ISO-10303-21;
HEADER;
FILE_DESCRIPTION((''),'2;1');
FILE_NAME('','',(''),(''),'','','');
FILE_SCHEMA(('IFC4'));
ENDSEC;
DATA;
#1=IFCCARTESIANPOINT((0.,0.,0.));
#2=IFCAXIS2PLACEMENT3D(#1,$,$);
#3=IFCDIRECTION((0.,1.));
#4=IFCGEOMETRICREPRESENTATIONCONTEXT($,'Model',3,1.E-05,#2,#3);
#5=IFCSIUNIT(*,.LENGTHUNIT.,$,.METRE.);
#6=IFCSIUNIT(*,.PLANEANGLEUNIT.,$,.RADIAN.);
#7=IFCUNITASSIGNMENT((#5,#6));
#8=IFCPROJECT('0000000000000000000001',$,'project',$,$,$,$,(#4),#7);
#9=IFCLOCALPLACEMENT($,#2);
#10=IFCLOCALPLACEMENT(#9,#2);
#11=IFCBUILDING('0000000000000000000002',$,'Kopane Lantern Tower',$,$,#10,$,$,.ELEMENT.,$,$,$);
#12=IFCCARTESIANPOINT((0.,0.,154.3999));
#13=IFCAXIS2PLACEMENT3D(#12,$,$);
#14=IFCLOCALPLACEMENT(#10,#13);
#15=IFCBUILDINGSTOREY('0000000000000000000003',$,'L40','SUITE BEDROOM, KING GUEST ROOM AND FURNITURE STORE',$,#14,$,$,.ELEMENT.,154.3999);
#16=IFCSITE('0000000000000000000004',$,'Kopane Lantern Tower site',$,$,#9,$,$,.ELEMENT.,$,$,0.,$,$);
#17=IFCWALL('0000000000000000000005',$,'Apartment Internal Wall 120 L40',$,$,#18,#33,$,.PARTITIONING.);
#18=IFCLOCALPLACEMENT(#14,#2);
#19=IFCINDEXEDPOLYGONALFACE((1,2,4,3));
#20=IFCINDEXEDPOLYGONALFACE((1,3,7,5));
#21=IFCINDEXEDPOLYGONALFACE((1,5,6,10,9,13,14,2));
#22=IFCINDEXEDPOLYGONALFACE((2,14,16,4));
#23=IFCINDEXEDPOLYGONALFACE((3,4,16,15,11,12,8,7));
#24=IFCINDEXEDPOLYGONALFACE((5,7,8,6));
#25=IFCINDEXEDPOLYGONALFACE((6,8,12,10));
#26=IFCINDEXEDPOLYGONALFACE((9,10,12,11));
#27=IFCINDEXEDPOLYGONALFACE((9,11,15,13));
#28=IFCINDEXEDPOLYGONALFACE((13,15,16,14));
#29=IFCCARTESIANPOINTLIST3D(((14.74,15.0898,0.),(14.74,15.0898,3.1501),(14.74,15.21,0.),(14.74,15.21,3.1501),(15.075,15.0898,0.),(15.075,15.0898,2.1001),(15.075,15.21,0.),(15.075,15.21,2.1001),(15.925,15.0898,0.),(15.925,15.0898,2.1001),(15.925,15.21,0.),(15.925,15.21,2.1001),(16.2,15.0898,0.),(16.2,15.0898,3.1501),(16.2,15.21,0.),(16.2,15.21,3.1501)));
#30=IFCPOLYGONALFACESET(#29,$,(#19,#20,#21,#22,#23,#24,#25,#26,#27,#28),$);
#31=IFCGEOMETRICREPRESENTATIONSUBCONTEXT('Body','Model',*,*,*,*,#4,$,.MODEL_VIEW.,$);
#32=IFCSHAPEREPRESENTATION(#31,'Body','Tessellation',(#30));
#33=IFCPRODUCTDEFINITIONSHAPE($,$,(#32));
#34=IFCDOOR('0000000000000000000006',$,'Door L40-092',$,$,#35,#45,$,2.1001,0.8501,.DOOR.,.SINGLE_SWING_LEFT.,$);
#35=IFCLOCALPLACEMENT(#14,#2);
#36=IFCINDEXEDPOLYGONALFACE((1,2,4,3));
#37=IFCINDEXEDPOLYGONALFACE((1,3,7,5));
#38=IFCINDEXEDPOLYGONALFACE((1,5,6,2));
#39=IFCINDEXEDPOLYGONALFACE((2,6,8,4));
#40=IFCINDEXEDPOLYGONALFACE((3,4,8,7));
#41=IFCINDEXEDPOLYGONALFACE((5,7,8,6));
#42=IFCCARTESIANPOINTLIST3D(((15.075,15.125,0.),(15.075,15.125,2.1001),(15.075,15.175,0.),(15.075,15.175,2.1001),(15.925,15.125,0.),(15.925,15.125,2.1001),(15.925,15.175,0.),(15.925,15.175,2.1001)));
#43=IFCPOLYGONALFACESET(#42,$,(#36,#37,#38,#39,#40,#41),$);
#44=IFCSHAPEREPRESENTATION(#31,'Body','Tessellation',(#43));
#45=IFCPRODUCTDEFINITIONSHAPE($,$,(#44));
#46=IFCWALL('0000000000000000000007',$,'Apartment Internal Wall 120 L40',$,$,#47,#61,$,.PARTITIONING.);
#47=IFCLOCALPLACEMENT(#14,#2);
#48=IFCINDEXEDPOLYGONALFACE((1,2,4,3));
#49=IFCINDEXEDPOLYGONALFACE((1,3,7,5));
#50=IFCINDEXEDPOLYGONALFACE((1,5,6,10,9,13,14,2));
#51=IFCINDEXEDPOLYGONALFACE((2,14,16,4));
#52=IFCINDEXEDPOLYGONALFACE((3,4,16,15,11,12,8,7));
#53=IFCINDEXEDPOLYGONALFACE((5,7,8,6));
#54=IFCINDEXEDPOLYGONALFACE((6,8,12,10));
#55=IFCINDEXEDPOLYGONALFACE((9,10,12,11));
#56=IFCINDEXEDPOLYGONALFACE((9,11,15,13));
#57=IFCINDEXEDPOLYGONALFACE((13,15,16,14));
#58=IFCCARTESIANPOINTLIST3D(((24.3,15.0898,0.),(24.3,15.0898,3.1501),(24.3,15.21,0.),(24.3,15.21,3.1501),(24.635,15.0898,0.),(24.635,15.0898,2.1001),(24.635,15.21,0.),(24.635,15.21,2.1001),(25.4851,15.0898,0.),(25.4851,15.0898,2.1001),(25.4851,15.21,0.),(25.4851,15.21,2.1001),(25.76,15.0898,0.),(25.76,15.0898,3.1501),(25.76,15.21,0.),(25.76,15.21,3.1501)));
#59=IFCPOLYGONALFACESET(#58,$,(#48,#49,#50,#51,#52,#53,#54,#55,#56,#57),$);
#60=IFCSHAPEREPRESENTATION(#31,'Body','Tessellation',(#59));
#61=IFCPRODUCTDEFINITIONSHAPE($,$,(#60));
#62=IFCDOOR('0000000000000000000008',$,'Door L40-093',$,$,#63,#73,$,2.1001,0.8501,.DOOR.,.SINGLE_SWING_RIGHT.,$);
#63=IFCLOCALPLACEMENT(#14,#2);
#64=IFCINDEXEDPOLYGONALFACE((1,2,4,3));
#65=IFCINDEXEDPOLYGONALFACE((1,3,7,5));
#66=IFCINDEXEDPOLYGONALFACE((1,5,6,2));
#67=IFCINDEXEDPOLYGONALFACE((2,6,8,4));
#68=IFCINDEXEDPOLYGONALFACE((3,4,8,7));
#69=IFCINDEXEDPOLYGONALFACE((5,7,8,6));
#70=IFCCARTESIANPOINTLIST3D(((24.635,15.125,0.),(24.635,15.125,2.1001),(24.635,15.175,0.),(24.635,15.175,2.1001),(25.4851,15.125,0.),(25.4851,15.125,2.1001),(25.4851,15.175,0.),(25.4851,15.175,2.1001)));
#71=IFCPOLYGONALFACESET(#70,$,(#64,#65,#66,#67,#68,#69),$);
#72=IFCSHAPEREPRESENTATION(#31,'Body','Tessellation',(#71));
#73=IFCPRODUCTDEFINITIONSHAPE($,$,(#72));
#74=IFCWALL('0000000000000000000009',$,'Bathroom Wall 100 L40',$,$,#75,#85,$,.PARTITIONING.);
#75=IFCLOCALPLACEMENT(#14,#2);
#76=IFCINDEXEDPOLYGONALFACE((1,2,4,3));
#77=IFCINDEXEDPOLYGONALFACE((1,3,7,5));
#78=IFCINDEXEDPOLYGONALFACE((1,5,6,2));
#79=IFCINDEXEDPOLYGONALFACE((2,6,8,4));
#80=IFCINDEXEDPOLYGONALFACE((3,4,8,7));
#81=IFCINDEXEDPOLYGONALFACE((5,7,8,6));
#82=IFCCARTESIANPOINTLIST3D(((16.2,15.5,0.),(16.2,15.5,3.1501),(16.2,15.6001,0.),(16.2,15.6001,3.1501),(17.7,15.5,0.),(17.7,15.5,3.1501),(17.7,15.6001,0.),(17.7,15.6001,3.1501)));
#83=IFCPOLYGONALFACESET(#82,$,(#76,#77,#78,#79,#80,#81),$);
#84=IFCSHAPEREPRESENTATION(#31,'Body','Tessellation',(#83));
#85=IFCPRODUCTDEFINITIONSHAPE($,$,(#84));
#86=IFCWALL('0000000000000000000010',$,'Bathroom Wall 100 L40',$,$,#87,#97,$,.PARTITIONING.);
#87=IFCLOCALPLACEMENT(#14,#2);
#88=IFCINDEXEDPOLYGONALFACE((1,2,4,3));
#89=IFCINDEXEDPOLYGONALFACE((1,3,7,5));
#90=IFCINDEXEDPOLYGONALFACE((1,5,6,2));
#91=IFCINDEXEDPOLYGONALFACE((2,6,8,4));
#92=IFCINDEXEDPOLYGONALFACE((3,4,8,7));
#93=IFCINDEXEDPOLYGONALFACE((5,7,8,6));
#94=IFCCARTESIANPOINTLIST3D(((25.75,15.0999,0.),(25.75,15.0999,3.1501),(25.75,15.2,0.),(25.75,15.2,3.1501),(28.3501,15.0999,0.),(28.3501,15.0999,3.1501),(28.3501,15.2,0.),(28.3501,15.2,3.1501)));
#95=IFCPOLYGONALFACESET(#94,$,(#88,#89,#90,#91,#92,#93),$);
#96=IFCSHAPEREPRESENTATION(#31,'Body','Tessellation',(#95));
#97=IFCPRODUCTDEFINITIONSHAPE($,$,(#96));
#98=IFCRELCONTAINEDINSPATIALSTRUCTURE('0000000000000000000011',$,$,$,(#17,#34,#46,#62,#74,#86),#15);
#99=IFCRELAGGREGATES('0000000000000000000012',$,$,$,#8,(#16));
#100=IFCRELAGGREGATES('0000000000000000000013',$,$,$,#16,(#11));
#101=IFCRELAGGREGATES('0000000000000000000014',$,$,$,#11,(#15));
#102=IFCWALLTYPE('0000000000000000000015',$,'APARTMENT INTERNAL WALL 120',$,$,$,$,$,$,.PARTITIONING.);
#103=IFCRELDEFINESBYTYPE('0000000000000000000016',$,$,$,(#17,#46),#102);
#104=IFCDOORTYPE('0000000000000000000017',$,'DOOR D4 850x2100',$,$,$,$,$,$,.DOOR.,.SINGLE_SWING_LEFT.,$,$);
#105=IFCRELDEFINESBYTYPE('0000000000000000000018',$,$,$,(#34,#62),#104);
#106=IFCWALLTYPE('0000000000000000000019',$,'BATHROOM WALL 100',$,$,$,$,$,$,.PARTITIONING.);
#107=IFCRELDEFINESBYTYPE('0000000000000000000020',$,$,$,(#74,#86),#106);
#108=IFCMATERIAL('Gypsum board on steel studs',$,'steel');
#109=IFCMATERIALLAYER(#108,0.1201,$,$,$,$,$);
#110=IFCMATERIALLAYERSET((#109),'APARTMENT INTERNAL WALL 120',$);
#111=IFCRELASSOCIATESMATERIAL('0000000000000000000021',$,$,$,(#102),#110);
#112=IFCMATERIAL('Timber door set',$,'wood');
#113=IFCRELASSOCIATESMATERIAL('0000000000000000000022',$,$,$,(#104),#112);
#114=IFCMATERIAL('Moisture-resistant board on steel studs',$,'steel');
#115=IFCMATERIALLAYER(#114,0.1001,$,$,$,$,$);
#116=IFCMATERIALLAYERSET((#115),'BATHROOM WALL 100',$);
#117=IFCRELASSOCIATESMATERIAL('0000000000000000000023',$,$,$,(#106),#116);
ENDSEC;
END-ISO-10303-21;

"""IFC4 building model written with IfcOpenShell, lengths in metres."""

from ifc_helpers import new_model, si_unit, direction, frame, frame_2d, origin, place, context, subcontext, project, spatial, rectangle, extrude, material, layer, layer_set, type_object, element, fill, save


model = new_model("IFC4")

# Units and contexts
model_context = context("Model", 3, precision=1e-05, world=origin(), true_north=direction((0.0, 1.0)))
body_context = subcontext(model_context, "Body", "Model", "MODEL_VIEW")
ifc_project = project(units=[si_unit("LENGTHUNIT", "METRE"), si_unit("PLANEANGLEUNIT", "RADIAN")], contexts=[model_context])

# Site, building, storey
site_placement = place(None, origin())
site = spatial("IfcSite", under=ifc_project, at=site_placement, Name="Kopane Lantern Tower site", CompositionType="ELEMENT", RefElevation=0.0)
building_placement = place(site_placement, origin())
building = spatial("IfcBuilding", under=site, at=building_placement, Name="Kopane Lantern Tower", CompositionType="ELEMENT")
storey_placement = place(building_placement, frame((0.0, 0.0, 154.3999)))
storey = spatial("IfcBuildingStorey", under=building, at=storey_placement, Name="L40", Description="SUITE BEDROOM, KING GUEST ROOM AND FURNITURE STORE", CompositionType="ELEMENT", Elevation=154.3999)

# Walls, openings, doors
ifc_material_1 = material(Name="Gypsum board on steel studs", Category="steel")
ifc_layer_1 = layer(ifc_material_1, 0.1201)
ifc_layer_set_1 = layer_set([ifc_layer_1], Name="APARTMENT INTERNAL WALL 120")
wall_type_1 = type_object("IfcWallType", Name="APARTMENT INTERNAL WALL 120", PredefinedType="PARTITIONING", material=ifc_layer_set_1)
wall_1_placement = place(storey_placement, frame((16.2, 15.1499, 0.0), z_axis=(0.0, 0.0, 1.0), x_axis=(-1.0, 0.0, 0.0)))
wall_1 = element("IfcWall", 1, at=wall_1_placement, inside=storey, type_object=wall_type_1, Name="Apartment Internal Wall 120 L40", PredefinedType="PARTITIONING", context=body_context, shape_type="SweptSolid", body=[
    extrude(rectangle(XDim=1.46, YDim=0.1201, at=frame_2d((0.73, 0.0))), origin(), (0.0, 0.0, 1.0), 3.1501),
])
opening_1_placement = place(wall_1_placement, frame((0.2749, 0.0, 0.0)))
opening_1 = element("IfcOpeningElement", 2, at=opening_1_placement, cuts=wall_1, PredefinedType="OPENING", context=body_context, shape_type="SweptSolid", body=[
    extrude(rectangle(XDim=0.8501, YDim=2.1001, at=frame_2d((0.425, 1.05))), frame((0.0, 0.0701, 0.0), z_axis=(0.0, -1.0, 0.0), x_axis=(1.0, 0.0, 0.0)), (0.0, 0.0, 1.0), 0.1401),
])
ifc_material_2 = material(Name="Timber door set", Category="wood")
door_type = type_object("IfcDoorType", Name="DOOR D4 850x2100", OperationType="SINGLE_SWING_LEFT", PredefinedType="DOOR", material=ifc_material_2)
door_1_placement = place(opening_1_placement, origin())
door_1 = element("IfcDoor", 3, at=door_1_placement, inside=storey, type_object=door_type, Name="Door L40-092", OperationType="SINGLE_SWING_LEFT", OverallHeight=2.1001, OverallWidth=0.8501, PredefinedType="DOOR", context=body_context, shape_type="SweptSolid", body=[
    extrude(rectangle(XDim=0.8501, YDim=2.1001, at=frame_2d((0.425, 1.05))), frame((0.0, 0.0249, 0.0), z_axis=(0.0, -1.0, 0.0), x_axis=(1.0, 0.0, 0.0)), (0.0, 0.0, 1.0), 0.05),
])
fill(opening_1, door_1)
wall_2_placement = place(storey_placement, frame((25.76, 15.1499, 0.0), z_axis=(0.0, 0.0, 1.0), x_axis=(-1.0, 0.0, 0.0)))
wall_2 = element("IfcWall", 4, at=wall_2_placement, inside=storey, type_object=wall_type_1, Name="Apartment Internal Wall 120 L40", PredefinedType="PARTITIONING", context=body_context, shape_type="SweptSolid", body=[
    extrude(rectangle(XDim=1.46, YDim=0.1201, at=frame_2d((0.73, 0.0))), origin(), (0.0, 0.0, 1.0), 3.1501),
])
opening_2_placement = place(wall_2_placement, frame((0.2749, 0.0, 0.0)))
opening_2 = element("IfcOpeningElement", 5, at=opening_2_placement, cuts=wall_2, PredefinedType="OPENING", context=body_context, shape_type="SweptSolid", body=[
    extrude(rectangle(XDim=0.8501, YDim=2.1001, at=frame_2d((0.425, 1.05))), frame((0.0, 0.0701, 0.0), z_axis=(0.0, -1.0, 0.0), x_axis=(1.0, 0.0, 0.0)), (0.0, 0.0, 1.0), 0.1401),
])
door_2_placement = place(opening_2_placement, origin())
door_2 = element("IfcDoor", 6, at=door_2_placement, inside=storey, type_object=door_type, Name="Door L40-093", OperationType="SINGLE_SWING_RIGHT", OverallHeight=2.1001, OverallWidth=0.8501, PredefinedType="DOOR", context=body_context, shape_type="SweptSolid", body=[
    extrude(rectangle(XDim=0.8501, YDim=2.1001, at=frame_2d((0.425, 1.05))), frame((0.0, 0.0249, 0.0), z_axis=(0.0, -1.0, 0.0), x_axis=(1.0, 0.0, 0.0)), (0.0, 0.0, 1.0), 0.05),
])
fill(opening_2, door_2)

# Walls
ifc_material_3 = material(Name="Moisture-resistant board on steel studs", Category="steel")
ifc_layer_2 = layer(ifc_material_3, 0.1001)
ifc_layer_set_2 = layer_set([ifc_layer_2], Name="BATHROOM WALL 100")
wall_type_2 = type_object("IfcWallType", Name="BATHROOM WALL 100", PredefinedType="PARTITIONING", material=ifc_layer_set_2)
wall_3_placement = place(storey_placement, frame((16.2, 15.55, 0.0), z_axis=(0.0, 0.0, 1.0), x_axis=(1.0, 0.0, 0.0)))
element("IfcWall", 7, at=wall_3_placement, inside=storey, type_object=wall_type_2, Name="Bathroom Wall 100 L40", PredefinedType="PARTITIONING", context=body_context, shape_type="SweptSolid", body=[
    extrude(rectangle(XDim=1.5, YDim=0.1001, at=frame_2d((0.75, 0.0))), origin(), (0.0, 0.0, 1.0), 3.1501),
])
wall_4_placement = place(storey_placement, frame((25.75, 15.1499, 0.0), z_axis=(0.0, 0.0, 1.0), x_axis=(1.0, 0.0, 0.0)))
element("IfcWall", 8, at=wall_4_placement, inside=storey, type_object=wall_type_2, Name="Bathroom Wall 100 L40", PredefinedType="PARTITIONING", context=body_context, shape_type="SweptSolid", body=[
    extrude(rectangle(XDim=2.6001, YDim=0.1001, at=frame_2d((1.3, 0.0))), origin(), (0.0, 0.0, 1.0), 3.1501),
])

save(model, "model.ifc")
